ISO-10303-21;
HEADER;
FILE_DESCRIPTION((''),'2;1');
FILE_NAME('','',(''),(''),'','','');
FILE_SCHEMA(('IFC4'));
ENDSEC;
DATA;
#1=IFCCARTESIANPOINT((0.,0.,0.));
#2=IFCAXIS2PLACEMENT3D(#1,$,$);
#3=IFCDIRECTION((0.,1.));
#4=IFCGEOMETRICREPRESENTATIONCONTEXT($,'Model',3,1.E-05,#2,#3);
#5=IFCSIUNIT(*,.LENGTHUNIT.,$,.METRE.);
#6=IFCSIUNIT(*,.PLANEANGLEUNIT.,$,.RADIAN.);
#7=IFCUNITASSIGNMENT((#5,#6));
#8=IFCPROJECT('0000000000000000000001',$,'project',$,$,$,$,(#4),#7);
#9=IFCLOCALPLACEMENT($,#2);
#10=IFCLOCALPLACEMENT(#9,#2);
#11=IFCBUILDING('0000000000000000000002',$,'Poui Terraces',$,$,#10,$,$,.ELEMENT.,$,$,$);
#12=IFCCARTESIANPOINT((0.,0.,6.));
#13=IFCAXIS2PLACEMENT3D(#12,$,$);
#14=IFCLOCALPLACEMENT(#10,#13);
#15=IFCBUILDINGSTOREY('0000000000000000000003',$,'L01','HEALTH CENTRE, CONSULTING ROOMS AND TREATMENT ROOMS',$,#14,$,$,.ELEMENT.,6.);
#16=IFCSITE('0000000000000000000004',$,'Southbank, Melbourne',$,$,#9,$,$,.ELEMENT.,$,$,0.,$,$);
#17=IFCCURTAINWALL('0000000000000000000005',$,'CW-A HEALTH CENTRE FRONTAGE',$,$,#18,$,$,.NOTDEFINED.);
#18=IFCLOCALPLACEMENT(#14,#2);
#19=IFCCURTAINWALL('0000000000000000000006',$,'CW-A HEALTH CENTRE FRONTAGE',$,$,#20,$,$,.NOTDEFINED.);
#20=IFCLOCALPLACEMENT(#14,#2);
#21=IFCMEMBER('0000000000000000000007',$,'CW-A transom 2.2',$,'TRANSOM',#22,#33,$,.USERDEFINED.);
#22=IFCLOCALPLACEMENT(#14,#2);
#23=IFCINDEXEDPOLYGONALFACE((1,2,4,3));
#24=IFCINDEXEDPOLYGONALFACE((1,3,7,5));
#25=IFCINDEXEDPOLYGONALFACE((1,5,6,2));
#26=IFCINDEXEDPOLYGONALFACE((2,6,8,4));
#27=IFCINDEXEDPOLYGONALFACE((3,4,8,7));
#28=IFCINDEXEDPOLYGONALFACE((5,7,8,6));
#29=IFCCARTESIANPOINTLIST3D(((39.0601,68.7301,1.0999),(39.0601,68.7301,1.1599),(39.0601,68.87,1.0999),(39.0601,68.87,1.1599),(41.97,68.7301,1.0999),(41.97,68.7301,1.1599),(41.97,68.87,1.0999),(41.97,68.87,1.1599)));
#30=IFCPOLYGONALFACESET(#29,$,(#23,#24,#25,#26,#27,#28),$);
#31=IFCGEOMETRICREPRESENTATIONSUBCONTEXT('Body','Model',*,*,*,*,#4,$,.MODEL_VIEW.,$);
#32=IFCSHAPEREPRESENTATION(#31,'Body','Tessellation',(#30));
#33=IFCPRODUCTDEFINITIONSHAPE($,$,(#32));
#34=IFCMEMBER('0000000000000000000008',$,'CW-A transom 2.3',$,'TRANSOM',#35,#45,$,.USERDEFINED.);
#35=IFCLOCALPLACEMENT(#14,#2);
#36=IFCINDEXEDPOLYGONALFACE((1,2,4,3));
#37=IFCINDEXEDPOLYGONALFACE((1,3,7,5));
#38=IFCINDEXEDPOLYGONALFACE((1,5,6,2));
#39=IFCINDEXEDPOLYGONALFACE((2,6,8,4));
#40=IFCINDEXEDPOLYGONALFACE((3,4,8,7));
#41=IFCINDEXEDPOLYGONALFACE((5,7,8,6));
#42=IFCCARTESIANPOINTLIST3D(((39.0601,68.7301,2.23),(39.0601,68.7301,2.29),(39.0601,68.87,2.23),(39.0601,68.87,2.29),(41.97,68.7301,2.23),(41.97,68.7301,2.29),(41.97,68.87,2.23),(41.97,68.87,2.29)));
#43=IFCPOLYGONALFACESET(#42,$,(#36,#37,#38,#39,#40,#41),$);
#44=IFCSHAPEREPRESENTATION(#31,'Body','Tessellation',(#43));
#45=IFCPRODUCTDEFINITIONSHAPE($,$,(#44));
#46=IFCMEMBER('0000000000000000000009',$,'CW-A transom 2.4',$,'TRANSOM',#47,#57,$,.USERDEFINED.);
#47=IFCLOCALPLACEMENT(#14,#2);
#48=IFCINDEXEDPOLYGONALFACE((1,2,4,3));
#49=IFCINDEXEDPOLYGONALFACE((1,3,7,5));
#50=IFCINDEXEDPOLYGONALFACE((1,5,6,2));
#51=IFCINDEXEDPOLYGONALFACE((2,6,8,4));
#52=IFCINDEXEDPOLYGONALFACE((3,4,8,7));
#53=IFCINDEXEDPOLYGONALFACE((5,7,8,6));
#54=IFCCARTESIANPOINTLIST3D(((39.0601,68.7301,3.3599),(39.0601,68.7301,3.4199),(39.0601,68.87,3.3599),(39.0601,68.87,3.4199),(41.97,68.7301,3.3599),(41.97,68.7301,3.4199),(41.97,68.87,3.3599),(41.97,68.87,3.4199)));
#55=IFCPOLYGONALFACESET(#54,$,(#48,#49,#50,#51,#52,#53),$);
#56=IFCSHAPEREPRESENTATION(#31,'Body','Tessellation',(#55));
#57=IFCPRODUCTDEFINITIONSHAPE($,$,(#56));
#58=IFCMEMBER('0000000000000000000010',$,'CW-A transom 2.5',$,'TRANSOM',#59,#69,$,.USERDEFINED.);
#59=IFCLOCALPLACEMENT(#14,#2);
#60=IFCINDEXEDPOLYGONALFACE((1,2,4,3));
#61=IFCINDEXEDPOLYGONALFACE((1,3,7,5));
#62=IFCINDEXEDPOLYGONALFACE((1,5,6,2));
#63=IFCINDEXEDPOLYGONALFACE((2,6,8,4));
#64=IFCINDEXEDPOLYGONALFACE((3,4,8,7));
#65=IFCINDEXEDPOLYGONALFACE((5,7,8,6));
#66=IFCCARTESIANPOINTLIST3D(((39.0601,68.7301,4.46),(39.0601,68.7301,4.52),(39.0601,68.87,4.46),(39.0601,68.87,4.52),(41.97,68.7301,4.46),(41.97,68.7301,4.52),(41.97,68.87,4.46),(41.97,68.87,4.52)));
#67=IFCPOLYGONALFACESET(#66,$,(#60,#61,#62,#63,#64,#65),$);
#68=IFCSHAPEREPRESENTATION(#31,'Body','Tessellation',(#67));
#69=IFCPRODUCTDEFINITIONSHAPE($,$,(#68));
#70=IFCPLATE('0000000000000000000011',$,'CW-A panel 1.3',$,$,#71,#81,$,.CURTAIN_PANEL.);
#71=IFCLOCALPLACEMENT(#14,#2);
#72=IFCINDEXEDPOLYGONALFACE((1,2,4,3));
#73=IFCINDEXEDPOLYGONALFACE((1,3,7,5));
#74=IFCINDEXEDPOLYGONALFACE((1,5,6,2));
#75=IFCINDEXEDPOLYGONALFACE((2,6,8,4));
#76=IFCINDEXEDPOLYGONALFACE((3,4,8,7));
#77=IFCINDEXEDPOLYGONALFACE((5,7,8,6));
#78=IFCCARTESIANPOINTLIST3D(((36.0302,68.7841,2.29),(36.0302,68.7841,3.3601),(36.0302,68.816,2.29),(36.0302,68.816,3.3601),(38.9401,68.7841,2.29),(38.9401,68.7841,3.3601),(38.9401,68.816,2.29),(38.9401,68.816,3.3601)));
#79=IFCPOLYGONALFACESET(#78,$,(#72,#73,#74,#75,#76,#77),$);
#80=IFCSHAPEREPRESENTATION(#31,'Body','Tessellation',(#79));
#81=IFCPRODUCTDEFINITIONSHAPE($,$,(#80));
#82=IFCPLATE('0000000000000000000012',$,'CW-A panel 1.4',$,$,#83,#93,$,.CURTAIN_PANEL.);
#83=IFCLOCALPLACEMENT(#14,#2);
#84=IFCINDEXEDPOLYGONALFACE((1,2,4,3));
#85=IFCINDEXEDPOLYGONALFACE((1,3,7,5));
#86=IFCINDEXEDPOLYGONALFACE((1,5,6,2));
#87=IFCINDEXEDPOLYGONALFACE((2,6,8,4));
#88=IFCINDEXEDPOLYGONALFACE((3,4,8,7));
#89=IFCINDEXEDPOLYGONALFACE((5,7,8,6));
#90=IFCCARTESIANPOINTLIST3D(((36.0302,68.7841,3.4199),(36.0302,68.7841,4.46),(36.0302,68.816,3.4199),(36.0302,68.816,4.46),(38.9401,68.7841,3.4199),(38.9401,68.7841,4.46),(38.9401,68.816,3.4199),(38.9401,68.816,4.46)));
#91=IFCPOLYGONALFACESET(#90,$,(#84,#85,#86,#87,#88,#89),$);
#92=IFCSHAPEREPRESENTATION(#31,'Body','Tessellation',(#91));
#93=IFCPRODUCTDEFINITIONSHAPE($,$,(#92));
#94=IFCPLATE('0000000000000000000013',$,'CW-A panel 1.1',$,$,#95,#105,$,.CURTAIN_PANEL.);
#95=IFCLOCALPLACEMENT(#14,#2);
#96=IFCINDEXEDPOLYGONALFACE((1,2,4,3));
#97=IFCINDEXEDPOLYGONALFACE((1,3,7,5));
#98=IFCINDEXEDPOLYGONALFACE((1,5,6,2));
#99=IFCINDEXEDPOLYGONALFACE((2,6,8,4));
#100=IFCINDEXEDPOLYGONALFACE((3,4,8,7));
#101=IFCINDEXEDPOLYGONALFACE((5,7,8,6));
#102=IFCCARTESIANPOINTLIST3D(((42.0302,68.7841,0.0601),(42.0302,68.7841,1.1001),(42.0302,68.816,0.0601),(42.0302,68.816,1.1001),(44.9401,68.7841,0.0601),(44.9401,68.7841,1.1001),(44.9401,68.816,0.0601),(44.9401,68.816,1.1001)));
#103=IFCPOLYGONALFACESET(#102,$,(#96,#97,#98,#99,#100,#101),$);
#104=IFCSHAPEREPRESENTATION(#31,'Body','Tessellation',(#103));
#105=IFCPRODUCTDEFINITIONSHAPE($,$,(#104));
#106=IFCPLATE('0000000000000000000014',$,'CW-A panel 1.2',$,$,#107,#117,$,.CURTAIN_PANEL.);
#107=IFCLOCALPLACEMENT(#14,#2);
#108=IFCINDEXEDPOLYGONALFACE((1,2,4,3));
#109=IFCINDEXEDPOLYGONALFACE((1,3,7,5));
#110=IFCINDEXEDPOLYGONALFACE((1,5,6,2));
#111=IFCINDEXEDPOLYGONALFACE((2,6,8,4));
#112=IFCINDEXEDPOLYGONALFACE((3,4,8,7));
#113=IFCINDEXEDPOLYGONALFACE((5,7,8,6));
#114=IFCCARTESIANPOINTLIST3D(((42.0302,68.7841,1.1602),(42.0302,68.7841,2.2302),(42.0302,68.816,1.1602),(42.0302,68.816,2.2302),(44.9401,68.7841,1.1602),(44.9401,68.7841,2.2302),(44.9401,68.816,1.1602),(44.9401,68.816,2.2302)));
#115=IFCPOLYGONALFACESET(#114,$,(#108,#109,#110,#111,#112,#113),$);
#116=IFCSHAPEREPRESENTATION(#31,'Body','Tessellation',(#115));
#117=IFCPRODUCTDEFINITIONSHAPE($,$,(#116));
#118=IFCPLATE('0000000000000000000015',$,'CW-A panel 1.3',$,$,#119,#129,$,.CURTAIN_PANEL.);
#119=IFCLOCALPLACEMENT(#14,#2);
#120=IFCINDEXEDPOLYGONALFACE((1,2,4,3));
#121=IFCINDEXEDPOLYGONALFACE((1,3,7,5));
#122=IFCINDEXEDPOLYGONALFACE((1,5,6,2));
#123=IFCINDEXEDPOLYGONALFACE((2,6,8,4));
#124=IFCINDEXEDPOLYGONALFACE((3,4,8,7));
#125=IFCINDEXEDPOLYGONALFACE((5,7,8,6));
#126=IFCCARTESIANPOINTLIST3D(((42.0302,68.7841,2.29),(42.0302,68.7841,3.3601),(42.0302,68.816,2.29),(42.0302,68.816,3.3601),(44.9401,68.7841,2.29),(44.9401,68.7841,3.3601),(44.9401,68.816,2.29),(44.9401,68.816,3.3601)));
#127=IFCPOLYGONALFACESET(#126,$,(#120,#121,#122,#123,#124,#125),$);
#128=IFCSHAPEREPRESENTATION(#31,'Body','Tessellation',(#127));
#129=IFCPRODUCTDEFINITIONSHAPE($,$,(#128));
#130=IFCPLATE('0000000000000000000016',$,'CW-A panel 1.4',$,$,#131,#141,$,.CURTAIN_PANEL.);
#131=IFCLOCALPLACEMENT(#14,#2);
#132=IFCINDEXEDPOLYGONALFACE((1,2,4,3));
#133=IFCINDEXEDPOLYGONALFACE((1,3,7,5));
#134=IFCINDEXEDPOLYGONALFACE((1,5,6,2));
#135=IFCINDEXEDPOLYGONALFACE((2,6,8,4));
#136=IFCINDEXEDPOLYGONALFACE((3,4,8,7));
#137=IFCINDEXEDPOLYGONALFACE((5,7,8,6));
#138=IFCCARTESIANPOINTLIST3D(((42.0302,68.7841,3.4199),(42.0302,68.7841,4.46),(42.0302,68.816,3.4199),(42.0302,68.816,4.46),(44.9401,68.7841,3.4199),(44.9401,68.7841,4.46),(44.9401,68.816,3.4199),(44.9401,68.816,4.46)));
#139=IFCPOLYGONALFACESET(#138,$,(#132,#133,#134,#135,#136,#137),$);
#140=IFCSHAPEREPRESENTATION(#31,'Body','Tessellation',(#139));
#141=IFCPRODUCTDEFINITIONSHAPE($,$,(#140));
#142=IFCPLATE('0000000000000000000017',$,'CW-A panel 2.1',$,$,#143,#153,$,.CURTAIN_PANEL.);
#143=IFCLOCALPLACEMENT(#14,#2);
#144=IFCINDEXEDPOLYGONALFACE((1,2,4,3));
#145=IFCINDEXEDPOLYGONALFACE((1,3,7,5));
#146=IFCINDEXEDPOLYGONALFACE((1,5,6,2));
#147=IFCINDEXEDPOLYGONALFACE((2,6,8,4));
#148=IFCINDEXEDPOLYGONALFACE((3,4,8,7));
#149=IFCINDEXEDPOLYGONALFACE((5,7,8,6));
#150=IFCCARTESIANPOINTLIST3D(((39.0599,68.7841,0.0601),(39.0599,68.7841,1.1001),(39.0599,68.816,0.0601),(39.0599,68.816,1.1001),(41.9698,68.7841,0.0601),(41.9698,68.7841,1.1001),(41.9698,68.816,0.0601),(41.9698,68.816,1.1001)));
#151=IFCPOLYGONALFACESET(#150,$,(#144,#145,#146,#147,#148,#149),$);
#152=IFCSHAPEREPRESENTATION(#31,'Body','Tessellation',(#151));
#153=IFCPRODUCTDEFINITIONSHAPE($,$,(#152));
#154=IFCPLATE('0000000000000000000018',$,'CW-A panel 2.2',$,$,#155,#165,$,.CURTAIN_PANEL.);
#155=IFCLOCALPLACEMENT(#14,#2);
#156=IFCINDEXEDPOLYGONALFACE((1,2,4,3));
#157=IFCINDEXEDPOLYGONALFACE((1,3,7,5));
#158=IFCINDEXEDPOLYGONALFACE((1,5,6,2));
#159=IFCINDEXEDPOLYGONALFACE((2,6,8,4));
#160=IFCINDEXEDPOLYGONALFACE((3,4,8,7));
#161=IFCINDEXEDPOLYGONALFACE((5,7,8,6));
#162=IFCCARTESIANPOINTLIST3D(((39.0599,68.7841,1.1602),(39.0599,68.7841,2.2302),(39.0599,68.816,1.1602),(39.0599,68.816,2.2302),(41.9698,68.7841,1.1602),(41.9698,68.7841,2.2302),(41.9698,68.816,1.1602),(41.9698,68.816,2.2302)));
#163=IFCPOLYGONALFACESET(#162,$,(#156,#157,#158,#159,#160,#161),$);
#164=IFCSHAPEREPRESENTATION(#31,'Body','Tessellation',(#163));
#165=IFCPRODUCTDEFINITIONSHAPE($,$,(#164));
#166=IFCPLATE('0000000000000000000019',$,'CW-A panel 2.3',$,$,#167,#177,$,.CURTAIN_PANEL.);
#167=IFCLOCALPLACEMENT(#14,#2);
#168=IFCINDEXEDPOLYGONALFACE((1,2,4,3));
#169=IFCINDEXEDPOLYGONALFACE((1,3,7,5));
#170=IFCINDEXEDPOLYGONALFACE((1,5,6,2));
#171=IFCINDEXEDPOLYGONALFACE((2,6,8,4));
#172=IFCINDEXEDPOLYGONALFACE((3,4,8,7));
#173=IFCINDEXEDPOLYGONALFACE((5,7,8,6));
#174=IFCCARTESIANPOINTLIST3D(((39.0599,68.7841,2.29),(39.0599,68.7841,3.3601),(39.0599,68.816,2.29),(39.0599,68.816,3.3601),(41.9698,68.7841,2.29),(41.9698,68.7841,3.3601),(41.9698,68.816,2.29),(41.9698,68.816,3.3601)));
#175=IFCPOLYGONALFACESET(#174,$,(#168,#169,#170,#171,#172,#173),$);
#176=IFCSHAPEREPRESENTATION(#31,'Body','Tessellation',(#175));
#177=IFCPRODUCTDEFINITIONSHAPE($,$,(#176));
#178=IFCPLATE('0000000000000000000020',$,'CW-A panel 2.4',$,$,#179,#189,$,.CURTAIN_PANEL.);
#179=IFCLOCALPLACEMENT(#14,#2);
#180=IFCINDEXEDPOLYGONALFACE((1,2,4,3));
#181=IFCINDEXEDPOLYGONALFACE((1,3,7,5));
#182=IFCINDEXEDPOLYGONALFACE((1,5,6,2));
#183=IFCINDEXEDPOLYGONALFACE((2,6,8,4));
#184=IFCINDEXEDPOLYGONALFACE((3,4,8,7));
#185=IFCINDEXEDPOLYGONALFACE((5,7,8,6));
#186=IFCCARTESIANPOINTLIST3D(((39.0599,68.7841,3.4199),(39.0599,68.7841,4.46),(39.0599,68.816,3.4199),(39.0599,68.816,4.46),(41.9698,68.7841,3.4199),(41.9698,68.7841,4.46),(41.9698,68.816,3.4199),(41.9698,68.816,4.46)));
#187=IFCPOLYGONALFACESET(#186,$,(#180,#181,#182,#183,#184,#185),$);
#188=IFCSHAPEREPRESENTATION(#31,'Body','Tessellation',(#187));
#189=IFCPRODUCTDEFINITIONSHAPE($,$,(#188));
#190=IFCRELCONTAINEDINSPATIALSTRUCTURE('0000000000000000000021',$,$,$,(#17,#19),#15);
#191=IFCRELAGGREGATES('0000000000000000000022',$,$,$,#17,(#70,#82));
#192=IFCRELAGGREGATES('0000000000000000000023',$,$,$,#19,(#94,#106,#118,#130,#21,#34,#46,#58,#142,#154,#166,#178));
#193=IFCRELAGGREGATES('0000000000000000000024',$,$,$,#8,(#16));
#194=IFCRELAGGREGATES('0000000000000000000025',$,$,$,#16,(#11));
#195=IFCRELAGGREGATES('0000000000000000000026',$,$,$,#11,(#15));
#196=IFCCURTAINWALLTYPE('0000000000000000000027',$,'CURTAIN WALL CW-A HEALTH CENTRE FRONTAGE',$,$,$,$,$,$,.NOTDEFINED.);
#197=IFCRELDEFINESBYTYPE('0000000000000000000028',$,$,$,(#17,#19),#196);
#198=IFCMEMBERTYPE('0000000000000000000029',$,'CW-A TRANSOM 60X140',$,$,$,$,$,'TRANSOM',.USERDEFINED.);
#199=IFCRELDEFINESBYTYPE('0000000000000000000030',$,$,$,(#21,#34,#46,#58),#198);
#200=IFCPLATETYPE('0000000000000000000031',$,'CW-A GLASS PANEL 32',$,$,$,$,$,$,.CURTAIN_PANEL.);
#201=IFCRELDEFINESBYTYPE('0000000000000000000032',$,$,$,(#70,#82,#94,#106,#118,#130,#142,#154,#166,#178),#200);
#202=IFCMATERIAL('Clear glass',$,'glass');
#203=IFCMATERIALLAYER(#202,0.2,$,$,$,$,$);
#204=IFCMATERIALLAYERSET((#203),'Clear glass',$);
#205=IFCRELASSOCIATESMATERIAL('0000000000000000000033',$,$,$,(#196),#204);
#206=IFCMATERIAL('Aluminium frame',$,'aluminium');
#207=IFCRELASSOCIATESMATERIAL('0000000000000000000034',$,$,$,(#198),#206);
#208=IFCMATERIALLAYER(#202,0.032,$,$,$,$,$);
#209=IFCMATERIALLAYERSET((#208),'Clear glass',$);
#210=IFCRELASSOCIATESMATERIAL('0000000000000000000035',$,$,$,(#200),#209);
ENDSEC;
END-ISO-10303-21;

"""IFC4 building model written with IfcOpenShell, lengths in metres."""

from ifc_helpers import new_model, si_unit, direction, frame, origin, origin_2d, place, context, subcontext, project, spatial, rectangle, extrude, material, layer, layer_set, material_profile, profile_set, type_object, element, aggregate, save


model = new_model("IFC4")

# Units and contexts
model_context = context("Model", 3, precision=1e-05, world=origin(), true_north=direction((0.0, 1.0)))
body_context = subcontext(model_context, "Body", "Model", "MODEL_VIEW")
ifc_project = project(units=[si_unit("LENGTHUNIT", "METRE"), si_unit("PLANEANGLEUNIT", "RADIAN")], contexts=[model_context])

# Site, building, storey
site_placement = place(None, origin())
site = spatial("IfcSite", under=ifc_project, at=site_placement, Name="Southbank, Melbourne", CompositionType="ELEMENT", RefElevation=0.0)
building_placement = place(site_placement, origin())
building = spatial("IfcBuilding", under=site, at=building_placement, Name="Poui Terraces", CompositionType="ELEMENT")
storey_placement = place(building_placement, frame((0.0, 0.0, 6.0)))
storey = spatial("IfcBuildingStorey", under=building, at=storey_placement, Name="L01", Description="HEALTH CENTRE, CONSULTING ROOMS AND TREATMENT ROOMS", CompositionType="ELEMENT", Elevation=6.0)

# Curtain wall
ifc_material_1 = material(Name="Clear glass", Category="glass")
ifc_layer_1 = layer(ifc_material_1, 0.2)
ifc_layer_set_1 = layer_set([ifc_layer_1], Name="Clear glass")
curtain_wall_type = type_object("IfcCurtainWallType", Name="CURTAIN WALL CW-A HEALTH CENTRE FRONTAGE", PredefinedType="NOTDEFINED", material=ifc_layer_set_1)
curtain_wall_1_placement = place(storey_placement, origin())
curtain_wall_1 = element("IfcCurtainWall", 1, at=curtain_wall_1_placement, inside=storey, type_object=curtain_wall_type, Name="CW-A HEALTH CENTRE FRONTAGE", PredefinedType="NOTDEFINED")
ifc_material_2 = material(Name="Aluminium frame", Category="aluminium")

# Curtain wall
curtain_wall_2_placement = place(storey_placement, origin())
curtain_wall_2 = element("IfcCurtainWall", 2, at=curtain_wall_2_placement, inside=storey, type_object=curtain_wall_type, Name="CW-A HEALTH CENTRE FRONTAGE", PredefinedType="NOTDEFINED")

# Members
ifc_material_profile_1 = material_profile(ifc_material_2, rectangle(XDim=0.1399, YDim=0.0601, at=origin_2d()), Name="CW-A TRANSOM 60X140")
ifc_profile_set_1 = profile_set([ifc_material_profile_1], Name="Aluminium frame")
member_type_1 = type_object("IfcMemberType", Name="CW-A TRANSOM 60X140", ElementType="TRANSOM", PredefinedType="USERDEFINED", material=ifc_profile_set_1)
member_1_placement = place(storey_placement, frame((41.97, 68.8, 1.1299), z_axis=(-1.0, 0.0, 0.0), x_axis=(0.0, -1.0, 0.0)))
member_1 = element("IfcMember", 3, at=member_1_placement, type_object=member_type_1, Name="CW-A transom 2.2", ObjectType="TRANSOM", PredefinedType="USERDEFINED", context=body_context, shape_type="SweptSolid", body=[
    extrude(rectangle(XDim=0.1399, YDim=0.0601, at=origin_2d()), origin(), (0.0, 0.0, 1.0), 2.9099),
])
member_2_placement = place(storey_placement, frame((41.97, 68.8, 2.26), z_axis=(-1.0, 0.0, 0.0), x_axis=(0.0, -1.0, 0.0)))
member_2 = element("IfcMember", 4, at=member_2_placement, type_object=member_type_1, Name="CW-A transom 2.3", ObjectType="TRANSOM", PredefinedType="USERDEFINED", context=body_context, shape_type="SweptSolid", body=[
    extrude(rectangle(XDim=0.1399, YDim=0.0601, at=origin_2d()), origin(), (0.0, 0.0, 1.0), 2.9099),
])
member_3_placement = place(storey_placement, frame((41.97, 68.8, 3.3899), z_axis=(-1.0, 0.0, 0.0), x_axis=(0.0, -1.0, 0.0)))
member_3 = element("IfcMember", 5, at=member_3_placement, type_object=member_type_1, Name="CW-A transom 2.4", ObjectType="TRANSOM", PredefinedType="USERDEFINED", context=body_context, shape_type="SweptSolid", body=[
    extrude(rectangle(XDim=0.1399, YDim=0.0601, at=origin_2d()), origin(), (0.0, 0.0, 1.0), 2.9099),
])
member_4_placement = place(storey_placement, frame((41.97, 68.8, 4.49), z_axis=(-1.0, 0.0, 0.0), x_axis=(0.0, -1.0, 0.0)))
member_4 = element("IfcMember", 6, at=member_4_placement, type_object=member_type_1, Name="CW-A transom 2.5", ObjectType="TRANSOM", PredefinedType="USERDEFINED", context=body_context, shape_type="SweptSolid", body=[
    extrude(rectangle(XDim=0.1399, YDim=0.0601, at=origin_2d()), origin(), (0.0, 0.0, 1.0), 2.9099),
])

# Plates
ifc_layer_2 = layer(ifc_material_1, 0.032)
ifc_layer_set_2 = layer_set([ifc_layer_2], Name="Clear glass")
plate_type = type_object("IfcPlateType", Name="CW-A GLASS PANEL 32", PredefinedType="CURTAIN_PANEL", material=ifc_layer_set_2)
plate_1_placement = place(storey_placement, frame((37.4851, 68.8, 2.29), z_axis=(0.0, 0.0, 1.0), x_axis=(-1.0, 0.0, 0.0)))
plate_1 = element("IfcPlate", 7, at=plate_1_placement, type_object=plate_type, Name="CW-A panel 1.3", PredefinedType="CURTAIN_PANEL", context=body_context, shape_type="SweptSolid", body=[
    extrude(rectangle(XDim=2.9099, YDim=0.032, at=origin_2d()), origin(), (0.0, 0.0, 1.0), 1.0701),
])
plate_2_placement = place(storey_placement, frame((37.4851, 68.8, 3.4199), z_axis=(0.0, 0.0, 1.0), x_axis=(-1.0, 0.0, 0.0)))
plate_2 = element("IfcPlate", 8, at=plate_2_placement, type_object=plate_type, Name="CW-A panel 1.4", PredefinedType="CURTAIN_PANEL", context=body_context, shape_type="SweptSolid", body=[
    extrude(rectangle(XDim=2.9099, YDim=0.032, at=origin_2d()), origin(), (0.0, 0.0, 1.0), 1.04),
])
aggregate(curtain_wall_1, [plate_1, plate_2])
plate_3_placement = place(storey_placement, frame((43.4851, 68.8, 0.0601), z_axis=(0.0, 0.0, 1.0), x_axis=(-1.0, 0.0, 0.0)))
plate_3 = element("IfcPlate", 9, at=plate_3_placement, type_object=plate_type, Name="CW-A panel 1.1", PredefinedType="CURTAIN_PANEL", context=body_context, shape_type="SweptSolid", body=[
    extrude(rectangle(XDim=2.9099, YDim=0.032, at=origin_2d()), origin(), (0.0, 0.0, 1.0), 1.04),
])
plate_4_placement = place(storey_placement, frame((43.4851, 68.8, 1.1602), z_axis=(0.0, 0.0, 1.0), x_axis=(-1.0, 0.0, 0.0)))
plate_4 = element("IfcPlate", 10, at=plate_4_placement, type_object=plate_type, Name="CW-A panel 1.2", PredefinedType="CURTAIN_PANEL", context=body_context, shape_type="SweptSolid", body=[
    extrude(rectangle(XDim=2.9099, YDim=0.032, at=origin_2d()), origin(), (0.0, 0.0, 1.0), 1.0701),
])
plate_5_placement = place(storey_placement, frame((43.4851, 68.8, 2.29), z_axis=(0.0, 0.0, 1.0), x_axis=(-1.0, 0.0, 0.0)))
plate_5 = element("IfcPlate", 11, at=plate_5_placement, type_object=plate_type, Name="CW-A panel 1.3", PredefinedType="CURTAIN_PANEL", context=body_context, shape_type="SweptSolid", body=[
    extrude(rectangle(XDim=2.9099, YDim=0.032, at=origin_2d()), origin(), (0.0, 0.0, 1.0), 1.0701),
])
plate_6_placement = place(storey_placement, frame((43.4851, 68.8, 3.4199), z_axis=(0.0, 0.0, 1.0), x_axis=(-1.0, 0.0, 0.0)))
plate_6 = element("IfcPlate", 12, at=plate_6_placement, type_object=plate_type, Name="CW-A panel 1.4", PredefinedType="CURTAIN_PANEL", context=body_context, shape_type="SweptSolid", body=[
    extrude(rectangle(XDim=2.9099, YDim=0.032, at=origin_2d()), origin(), (0.0, 0.0, 1.0), 1.04),
])
plate_7_placement = place(storey_placement, frame((40.5149, 68.8, 0.0601), z_axis=(0.0, 0.0, 1.0), x_axis=(-1.0, 0.0, 0.0)))
plate_7 = element("IfcPlate", 13, at=plate_7_placement, type_object=plate_type, Name="CW-A panel 2.1", PredefinedType="CURTAIN_PANEL", context=body_context, shape_type="SweptSolid", body=[
    extrude(rectangle(XDim=2.9099, YDim=0.032, at=origin_2d()), origin(), (0.0, 0.0, 1.0), 1.04),
])
plate_8_placement = place(storey_placement, frame((40.5149, 68.8, 1.1602), z_axis=(0.0, 0.0, 1.0), x_axis=(-1.0, 0.0, 0.0)))
plate_8 = element("IfcPlate", 14, at=plate_8_placement, type_object=plate_type, Name="CW-A panel 2.2", PredefinedType="CURTAIN_PANEL", context=body_context, shape_type="SweptSolid", body=[
    extrude(rectangle(XDim=2.9099, YDim=0.032, at=origin_2d()), origin(), (0.0, 0.0, 1.0), 1.0701),
])
plate_9_placement = place(storey_placement, frame((40.5149, 68.8, 2.29), z_axis=(0.0, 0.0, 1.0), x_axis=(-1.0, 0.0, 0.0)))
plate_9 = element("IfcPlate", 15, at=plate_9_placement, type_object=plate_type, Name="CW-A panel 2.3", PredefinedType="CURTAIN_PANEL", context=body_context, shape_type="SweptSolid", body=[
    extrude(rectangle(XDim=2.9099, YDim=0.032, at=origin_2d()), origin(), (0.0, 0.0, 1.0), 1.0701),
])
plate_10_placement = place(storey_placement, frame((40.5149, 68.8, 3.4199), z_axis=(0.0, 0.0, 1.0), x_axis=(-1.0, 0.0, 0.0)))
plate_10 = element("IfcPlate", 16, at=plate_10_placement, type_object=plate_type, Name="CW-A panel 2.4", PredefinedType="CURTAIN_PANEL", context=body_context, shape_type="SweptSolid", body=[
    extrude(rectangle(XDim=2.9099, YDim=0.032, at=origin_2d()), origin(), (0.0, 0.0, 1.0), 1.04),
])
aggregate(curtain_wall_2, [plate_3, plate_4, plate_5, plate_6, member_1, member_2, member_3, member_4, plate_7, plate_8, plate_9, plate_10])

save(model, "model.ifc")
